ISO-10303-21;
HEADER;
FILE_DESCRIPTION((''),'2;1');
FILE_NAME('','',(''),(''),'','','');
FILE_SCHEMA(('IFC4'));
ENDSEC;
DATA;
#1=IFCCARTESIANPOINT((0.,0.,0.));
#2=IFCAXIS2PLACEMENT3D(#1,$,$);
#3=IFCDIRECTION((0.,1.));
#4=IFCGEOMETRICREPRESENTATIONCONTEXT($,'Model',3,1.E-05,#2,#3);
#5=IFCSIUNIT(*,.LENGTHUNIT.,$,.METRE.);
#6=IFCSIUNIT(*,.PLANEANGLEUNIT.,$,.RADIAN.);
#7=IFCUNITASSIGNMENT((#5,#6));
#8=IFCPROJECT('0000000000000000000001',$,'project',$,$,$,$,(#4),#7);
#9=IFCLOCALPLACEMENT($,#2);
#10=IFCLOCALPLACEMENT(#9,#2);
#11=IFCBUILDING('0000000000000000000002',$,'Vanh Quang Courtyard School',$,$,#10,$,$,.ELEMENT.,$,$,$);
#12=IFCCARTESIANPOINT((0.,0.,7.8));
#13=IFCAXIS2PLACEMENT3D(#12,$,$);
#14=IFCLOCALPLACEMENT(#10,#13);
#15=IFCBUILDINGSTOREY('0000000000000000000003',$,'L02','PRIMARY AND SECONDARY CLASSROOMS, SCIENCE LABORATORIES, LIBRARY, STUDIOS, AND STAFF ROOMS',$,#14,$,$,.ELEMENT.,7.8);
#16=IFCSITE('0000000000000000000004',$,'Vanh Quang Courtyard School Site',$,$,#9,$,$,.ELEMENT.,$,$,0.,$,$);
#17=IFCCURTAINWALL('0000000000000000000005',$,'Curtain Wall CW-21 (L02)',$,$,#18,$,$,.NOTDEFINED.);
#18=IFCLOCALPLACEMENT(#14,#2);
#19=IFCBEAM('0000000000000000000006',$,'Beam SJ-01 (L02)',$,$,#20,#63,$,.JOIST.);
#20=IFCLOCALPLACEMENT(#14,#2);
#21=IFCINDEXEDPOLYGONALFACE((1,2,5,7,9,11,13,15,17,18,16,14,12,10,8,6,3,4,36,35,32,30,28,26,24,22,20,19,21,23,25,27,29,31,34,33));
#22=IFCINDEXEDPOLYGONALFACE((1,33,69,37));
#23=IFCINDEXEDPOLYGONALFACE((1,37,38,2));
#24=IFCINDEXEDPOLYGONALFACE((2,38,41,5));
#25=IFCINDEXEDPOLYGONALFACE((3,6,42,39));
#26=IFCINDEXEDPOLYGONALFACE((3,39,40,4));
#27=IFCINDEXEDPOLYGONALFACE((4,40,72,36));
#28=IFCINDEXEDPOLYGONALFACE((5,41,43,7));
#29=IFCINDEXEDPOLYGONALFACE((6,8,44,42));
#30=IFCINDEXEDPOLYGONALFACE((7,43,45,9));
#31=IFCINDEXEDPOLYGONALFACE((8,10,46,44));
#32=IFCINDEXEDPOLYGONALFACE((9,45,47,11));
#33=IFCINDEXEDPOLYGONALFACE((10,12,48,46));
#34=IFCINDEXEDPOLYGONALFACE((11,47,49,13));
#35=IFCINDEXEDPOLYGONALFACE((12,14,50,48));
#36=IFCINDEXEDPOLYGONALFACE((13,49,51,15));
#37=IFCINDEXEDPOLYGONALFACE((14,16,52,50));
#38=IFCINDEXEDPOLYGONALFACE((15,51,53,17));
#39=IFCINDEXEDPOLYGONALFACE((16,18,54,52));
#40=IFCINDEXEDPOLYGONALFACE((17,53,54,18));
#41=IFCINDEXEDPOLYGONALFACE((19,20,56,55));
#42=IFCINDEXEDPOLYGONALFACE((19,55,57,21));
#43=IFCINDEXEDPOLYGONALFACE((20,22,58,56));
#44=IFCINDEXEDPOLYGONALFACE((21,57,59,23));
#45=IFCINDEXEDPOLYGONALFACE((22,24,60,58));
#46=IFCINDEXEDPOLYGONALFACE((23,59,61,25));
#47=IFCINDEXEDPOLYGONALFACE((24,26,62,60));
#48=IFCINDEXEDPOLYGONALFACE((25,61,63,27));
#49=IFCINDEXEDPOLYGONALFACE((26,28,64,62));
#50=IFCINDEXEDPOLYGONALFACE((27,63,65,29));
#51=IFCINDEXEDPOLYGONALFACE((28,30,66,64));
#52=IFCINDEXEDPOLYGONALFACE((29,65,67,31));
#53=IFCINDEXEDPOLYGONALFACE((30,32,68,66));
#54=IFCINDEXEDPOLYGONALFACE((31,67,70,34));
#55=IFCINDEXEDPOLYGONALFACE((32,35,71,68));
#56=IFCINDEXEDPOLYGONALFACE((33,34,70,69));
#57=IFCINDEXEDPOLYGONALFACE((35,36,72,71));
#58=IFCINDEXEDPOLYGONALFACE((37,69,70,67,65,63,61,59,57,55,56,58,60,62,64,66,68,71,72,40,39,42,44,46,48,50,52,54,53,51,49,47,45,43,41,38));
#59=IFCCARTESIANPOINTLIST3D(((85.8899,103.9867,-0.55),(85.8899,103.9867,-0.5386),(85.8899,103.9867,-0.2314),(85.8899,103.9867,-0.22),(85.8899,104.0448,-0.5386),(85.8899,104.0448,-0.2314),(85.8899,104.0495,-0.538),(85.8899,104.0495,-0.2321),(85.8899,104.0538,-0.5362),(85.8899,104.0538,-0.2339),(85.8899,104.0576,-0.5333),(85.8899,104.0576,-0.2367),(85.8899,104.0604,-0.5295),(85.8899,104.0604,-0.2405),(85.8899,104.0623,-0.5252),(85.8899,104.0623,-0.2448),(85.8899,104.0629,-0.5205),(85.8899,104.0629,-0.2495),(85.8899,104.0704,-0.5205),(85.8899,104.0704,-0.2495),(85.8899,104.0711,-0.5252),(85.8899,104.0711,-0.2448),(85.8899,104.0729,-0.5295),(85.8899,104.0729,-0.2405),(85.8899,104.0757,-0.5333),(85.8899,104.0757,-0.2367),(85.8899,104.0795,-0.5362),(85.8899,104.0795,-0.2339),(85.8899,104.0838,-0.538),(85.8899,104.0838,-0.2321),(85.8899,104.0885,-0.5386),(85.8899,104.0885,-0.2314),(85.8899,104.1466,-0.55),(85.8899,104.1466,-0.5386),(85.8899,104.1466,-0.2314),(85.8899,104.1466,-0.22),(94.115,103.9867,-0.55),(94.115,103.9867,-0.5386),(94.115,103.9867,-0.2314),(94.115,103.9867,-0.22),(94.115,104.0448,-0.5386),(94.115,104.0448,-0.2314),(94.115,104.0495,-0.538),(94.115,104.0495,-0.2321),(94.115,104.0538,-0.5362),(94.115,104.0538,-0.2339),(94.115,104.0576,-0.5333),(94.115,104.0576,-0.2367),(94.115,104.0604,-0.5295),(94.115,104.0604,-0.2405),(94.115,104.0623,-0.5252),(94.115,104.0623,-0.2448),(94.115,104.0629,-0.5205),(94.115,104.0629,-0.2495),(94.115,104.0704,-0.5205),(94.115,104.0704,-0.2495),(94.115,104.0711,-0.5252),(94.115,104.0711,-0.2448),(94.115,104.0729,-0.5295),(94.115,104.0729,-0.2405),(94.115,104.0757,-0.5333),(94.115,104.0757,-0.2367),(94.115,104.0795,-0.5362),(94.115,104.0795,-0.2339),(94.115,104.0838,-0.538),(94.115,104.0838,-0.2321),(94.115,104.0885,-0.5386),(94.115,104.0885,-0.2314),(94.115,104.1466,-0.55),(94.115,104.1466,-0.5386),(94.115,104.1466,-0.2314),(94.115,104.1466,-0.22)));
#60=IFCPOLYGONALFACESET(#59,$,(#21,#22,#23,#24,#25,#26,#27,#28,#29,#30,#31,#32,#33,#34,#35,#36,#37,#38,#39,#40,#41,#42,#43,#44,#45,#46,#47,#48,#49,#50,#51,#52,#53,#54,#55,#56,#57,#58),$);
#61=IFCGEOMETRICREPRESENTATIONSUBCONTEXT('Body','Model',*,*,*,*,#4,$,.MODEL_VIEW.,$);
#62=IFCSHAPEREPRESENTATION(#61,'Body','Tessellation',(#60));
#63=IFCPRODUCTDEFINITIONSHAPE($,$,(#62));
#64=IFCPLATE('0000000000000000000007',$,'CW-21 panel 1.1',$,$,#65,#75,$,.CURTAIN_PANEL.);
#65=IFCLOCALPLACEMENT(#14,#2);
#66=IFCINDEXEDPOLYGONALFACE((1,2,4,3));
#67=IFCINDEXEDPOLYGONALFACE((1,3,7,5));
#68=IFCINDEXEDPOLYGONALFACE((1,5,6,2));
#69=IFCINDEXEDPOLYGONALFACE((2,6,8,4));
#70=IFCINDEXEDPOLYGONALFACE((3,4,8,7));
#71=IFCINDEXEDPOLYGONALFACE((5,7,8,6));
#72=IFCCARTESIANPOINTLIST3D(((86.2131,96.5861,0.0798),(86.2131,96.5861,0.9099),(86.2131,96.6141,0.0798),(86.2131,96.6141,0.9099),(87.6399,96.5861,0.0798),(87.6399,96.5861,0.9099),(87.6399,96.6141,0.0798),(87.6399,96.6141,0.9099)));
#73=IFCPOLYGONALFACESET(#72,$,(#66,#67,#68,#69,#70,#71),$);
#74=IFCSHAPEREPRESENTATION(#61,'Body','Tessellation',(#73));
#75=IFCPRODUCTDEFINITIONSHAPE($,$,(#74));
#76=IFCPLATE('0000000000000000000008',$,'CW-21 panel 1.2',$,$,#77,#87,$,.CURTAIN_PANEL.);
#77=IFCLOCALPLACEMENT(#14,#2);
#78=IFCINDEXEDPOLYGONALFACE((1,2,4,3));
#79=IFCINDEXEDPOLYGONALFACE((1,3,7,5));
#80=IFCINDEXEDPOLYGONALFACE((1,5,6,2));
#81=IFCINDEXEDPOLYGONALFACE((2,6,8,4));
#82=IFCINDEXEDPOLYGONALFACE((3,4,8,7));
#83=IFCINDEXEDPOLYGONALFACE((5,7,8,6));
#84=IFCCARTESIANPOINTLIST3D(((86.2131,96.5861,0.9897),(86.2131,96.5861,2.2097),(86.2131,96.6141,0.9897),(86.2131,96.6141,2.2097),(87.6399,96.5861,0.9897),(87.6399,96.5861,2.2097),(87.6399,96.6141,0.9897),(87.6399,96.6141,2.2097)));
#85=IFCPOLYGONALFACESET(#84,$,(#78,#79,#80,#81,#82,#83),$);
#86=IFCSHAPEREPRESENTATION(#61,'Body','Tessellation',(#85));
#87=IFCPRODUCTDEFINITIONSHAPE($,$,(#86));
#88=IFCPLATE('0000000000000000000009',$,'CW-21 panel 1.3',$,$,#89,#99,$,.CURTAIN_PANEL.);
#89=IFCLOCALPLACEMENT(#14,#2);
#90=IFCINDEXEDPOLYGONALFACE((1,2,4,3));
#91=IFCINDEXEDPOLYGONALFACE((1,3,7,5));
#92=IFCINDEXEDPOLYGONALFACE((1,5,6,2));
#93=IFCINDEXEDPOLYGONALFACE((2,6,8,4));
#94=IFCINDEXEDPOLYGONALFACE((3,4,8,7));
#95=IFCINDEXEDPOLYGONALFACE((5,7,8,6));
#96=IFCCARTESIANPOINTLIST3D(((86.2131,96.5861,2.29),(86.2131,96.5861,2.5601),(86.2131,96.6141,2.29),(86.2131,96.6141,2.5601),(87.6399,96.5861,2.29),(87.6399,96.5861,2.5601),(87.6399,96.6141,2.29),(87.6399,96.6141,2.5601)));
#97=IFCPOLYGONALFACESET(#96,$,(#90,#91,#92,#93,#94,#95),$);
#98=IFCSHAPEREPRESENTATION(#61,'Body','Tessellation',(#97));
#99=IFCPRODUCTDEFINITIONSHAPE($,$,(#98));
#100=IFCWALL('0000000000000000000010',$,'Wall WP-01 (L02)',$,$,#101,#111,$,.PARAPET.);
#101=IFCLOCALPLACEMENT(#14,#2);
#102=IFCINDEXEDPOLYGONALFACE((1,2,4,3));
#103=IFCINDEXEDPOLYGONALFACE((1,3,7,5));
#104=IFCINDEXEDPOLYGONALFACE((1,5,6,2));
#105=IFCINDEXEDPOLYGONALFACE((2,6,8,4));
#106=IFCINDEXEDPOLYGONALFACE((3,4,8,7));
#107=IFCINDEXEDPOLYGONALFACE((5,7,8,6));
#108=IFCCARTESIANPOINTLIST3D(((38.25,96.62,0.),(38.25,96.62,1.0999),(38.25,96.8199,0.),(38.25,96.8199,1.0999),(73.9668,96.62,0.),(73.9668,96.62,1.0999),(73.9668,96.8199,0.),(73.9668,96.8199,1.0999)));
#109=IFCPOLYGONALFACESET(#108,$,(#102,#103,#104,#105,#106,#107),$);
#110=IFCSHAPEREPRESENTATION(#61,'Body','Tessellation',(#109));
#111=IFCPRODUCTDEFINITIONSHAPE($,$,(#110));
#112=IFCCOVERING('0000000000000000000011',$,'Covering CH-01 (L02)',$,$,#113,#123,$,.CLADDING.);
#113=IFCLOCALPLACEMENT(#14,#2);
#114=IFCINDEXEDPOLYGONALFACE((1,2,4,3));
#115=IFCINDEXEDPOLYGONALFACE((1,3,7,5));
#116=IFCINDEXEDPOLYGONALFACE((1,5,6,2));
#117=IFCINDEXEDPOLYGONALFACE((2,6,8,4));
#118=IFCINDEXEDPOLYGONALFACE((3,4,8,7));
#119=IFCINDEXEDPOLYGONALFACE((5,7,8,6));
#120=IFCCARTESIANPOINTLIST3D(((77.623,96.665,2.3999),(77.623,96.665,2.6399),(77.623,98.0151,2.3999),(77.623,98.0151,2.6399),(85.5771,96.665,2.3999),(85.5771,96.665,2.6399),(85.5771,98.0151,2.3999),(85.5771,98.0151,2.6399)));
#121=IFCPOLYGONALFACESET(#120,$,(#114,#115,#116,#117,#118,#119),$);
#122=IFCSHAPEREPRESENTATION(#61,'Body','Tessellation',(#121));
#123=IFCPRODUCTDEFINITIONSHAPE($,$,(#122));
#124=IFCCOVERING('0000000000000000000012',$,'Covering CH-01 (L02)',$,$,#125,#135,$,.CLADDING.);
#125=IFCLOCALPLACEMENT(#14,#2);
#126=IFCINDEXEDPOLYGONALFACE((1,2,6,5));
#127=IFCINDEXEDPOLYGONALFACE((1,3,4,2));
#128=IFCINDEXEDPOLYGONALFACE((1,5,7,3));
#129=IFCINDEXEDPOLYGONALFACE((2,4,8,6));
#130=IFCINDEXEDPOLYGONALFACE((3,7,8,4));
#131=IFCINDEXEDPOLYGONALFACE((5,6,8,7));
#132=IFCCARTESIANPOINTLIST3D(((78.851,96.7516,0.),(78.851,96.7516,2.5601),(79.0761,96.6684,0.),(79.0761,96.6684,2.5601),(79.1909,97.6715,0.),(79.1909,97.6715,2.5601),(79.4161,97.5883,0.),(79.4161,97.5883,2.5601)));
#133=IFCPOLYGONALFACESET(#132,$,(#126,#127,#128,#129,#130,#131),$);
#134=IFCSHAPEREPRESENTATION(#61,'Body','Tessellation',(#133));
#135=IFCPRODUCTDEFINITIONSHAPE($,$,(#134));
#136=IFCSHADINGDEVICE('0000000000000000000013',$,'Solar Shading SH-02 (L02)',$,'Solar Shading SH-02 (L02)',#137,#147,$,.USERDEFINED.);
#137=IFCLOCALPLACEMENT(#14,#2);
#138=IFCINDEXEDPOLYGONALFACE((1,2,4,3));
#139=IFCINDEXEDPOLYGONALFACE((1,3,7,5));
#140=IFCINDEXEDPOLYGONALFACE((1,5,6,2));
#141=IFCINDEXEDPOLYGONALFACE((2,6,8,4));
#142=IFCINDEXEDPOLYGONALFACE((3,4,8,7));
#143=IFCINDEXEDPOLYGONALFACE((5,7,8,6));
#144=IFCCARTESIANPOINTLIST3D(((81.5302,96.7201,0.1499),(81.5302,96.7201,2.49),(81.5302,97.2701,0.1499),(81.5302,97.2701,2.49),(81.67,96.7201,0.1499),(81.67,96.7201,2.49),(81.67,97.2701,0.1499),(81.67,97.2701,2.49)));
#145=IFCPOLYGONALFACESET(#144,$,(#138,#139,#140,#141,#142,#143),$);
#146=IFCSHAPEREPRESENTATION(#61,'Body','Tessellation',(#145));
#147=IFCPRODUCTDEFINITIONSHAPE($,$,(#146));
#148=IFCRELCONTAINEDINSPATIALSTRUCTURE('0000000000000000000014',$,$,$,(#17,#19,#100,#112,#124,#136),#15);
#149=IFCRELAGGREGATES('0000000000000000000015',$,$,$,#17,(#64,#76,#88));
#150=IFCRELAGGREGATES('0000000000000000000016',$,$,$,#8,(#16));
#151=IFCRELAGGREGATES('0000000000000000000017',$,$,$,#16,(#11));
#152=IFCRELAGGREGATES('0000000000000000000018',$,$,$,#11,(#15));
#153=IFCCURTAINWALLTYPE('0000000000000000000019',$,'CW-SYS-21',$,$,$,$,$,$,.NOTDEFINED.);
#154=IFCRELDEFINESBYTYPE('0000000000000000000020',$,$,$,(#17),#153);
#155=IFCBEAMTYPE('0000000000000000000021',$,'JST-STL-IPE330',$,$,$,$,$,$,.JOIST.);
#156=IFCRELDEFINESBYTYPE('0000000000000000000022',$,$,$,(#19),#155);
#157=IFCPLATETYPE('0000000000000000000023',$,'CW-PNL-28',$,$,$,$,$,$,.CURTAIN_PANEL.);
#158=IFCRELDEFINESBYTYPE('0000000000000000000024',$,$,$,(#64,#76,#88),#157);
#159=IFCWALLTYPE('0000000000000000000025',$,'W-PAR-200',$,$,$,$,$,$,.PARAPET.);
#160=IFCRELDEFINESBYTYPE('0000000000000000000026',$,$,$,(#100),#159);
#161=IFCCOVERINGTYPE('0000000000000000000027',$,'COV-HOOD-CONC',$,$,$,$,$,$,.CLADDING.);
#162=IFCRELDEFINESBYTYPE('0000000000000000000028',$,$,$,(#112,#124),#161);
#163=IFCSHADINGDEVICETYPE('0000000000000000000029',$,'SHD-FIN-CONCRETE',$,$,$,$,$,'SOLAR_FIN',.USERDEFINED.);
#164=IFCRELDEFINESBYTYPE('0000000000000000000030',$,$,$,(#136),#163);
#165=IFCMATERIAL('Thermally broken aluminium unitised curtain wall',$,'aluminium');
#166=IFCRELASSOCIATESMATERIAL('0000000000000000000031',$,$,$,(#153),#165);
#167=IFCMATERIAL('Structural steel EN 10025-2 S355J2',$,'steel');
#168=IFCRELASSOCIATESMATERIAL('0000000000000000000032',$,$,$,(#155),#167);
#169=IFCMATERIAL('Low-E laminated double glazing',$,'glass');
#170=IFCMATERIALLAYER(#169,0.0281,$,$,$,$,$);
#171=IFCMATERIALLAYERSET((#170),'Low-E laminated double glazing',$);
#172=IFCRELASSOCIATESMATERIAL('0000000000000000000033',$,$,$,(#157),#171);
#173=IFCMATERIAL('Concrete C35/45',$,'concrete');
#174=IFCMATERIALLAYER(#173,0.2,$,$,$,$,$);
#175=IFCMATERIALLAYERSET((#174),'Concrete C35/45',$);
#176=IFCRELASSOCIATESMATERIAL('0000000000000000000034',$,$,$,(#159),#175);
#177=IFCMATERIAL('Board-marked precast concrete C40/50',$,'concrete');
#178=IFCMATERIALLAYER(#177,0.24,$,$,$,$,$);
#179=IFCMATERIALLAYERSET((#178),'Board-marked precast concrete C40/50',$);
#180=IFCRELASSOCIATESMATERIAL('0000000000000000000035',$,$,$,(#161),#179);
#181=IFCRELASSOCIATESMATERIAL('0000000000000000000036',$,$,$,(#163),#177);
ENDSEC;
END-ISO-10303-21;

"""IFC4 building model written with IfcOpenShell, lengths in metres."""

from ifc_helpers import new_model, si_unit, direction, frame, frame_2d, origin, origin_2d, place, context, subcontext, project, spatial, rectangle, i_section, extrude, material, layer, layer_set, material_profile, profile_set, type_object, element, aggregate, save


model = new_model("IFC4")

# Units and contexts
model_context = context("Model", 3, precision=1e-05, world=origin(), true_north=direction((0.0, 1.0)))
body_context = subcontext(model_context, "Body", "Model", "MODEL_VIEW")
ifc_project = project(units=[si_unit("LENGTHUNIT", "METRE"), si_unit("PLANEANGLEUNIT", "RADIAN")], contexts=[model_context])

# Site, building, storey
site_placement = place(None, origin())
site = spatial("IfcSite", under=ifc_project, at=site_placement, Name="Vanh Quang Courtyard School Site", CompositionType="ELEMENT", RefElevation=0.0)
building_placement = place(site_placement, origin())
building = spatial("IfcBuilding", under=site, at=building_placement, Name="Vanh Quang Courtyard School", CompositionType="ELEMENT")
storey_placement = place(building_placement, frame((0.0, 0.0, 7.8)))
storey = spatial("IfcBuildingStorey", under=building, at=storey_placement, Name="L02", Description="PRIMARY AND SECONDARY CLASSROOMS, SCIENCE LABORATORIES, LIBRARY, STUDIOS, AND STAFF ROOMS", CompositionType="ELEMENT", Elevation=7.8)

# Shared definitions
ifc_material_1 = material(Name="Concrete C35/45", Category="concrete")

# Curtain wall
ifc_material_2 = material(Name="Thermally broken aluminium unitised curtain wall", Category="aluminium")
curtain_wall_type = type_object("IfcCurtainWallType", Name="CW-SYS-21", PredefinedType="NOTDEFINED", material=ifc_material_2)
curtain_wall_placement = place(storey_placement, origin())
curtain_wall = element("IfcCurtainWall", 1, at=curtain_wall_placement, inside=storey, type_object=curtain_wall_type, Name="Curtain Wall CW-21 (L02)", PredefinedType="NOTDEFINED")

# Beam
ifc_material_3 = material(Name="Structural steel EN 10025-2 S355J2", Category="steel")
ifc_material_profile_1 = material_profile(ifc_material_3, i_section(OverallWidth=0.1599, OverallDepth=0.3301, WebThickness=0.0076, FlangeThickness=0.0115, FilletRadius=0.0181, at=origin_2d()), Name="IPE 330")
ifc_profile_set_1 = profile_set([ifc_material_profile_1], Name="Structural steel EN 10025-2 S355J2")
beam_type_1 = type_object("IfcBeamType", Name="JST-STL-IPE330", PredefinedType="JOIST", material=ifc_profile_set_1)
for number, where, z_axis, x_axis, name in (
    (2, (85.8899, 104.0667, -0.385), (1.0, 0.0, 0.0), (0.0, 1.0, 0.0), "Beam SJ-01 (L02)"),
):
    element("IfcBeam", number, at=place(storey_placement, frame(where, z_axis=z_axis, x_axis=x_axis)), inside=storey, type_object=beam_type_1, Name=name, PredefinedType="JOIST", context=body_context, shape_type="SweptSolid", body=[
        extrude(i_section(OverallWidth=0.1599, OverallDepth=0.3301, WebThickness=0.0076, FlangeThickness=0.0115, FilletRadius=0.0181, at=origin_2d()), origin(), (0.0, 0.0, 1.0), 8.2251),
    ])

# Plates
ifc_material_4 = material(Name="Low-E laminated double glazing", Category="glass")
ifc_layer_1 = layer(ifc_material_4, 0.0281)
ifc_layer_set_1 = layer_set([ifc_layer_1], Name="Low-E laminated double glazing")
plate_type = type_object("IfcPlateType", Name="CW-PNL-28", PredefinedType="CURTAIN_PANEL", material=ifc_layer_set_1)
plate_1_placement = place(storey_placement, frame((86.9265, 96.6001, 0.0798), z_axis=(0.0, 0.0, 1.0), x_axis=(1.0, 0.0, 0.0)))
plate_1 = element("IfcPlate", 3, at=plate_1_placement, type_object=plate_type, Name="CW-21 panel 1.1", PredefinedType="CURTAIN_PANEL", context=body_context, shape_type="SweptSolid", body=[
    extrude(rectangle(XDim=1.4268, YDim=0.0281, at=origin_2d()), origin(), (0.0, 0.0, 1.0), 0.8301),
])
plate_2_placement = place(storey_placement, frame((86.9265, 96.6001, 0.9897), z_axis=(0.0, 0.0, 1.0), x_axis=(1.0, 0.0, 0.0)))
plate_2 = element("IfcPlate", 4, at=plate_2_placement, type_object=plate_type, Name="CW-21 panel 1.2", PredefinedType="CURTAIN_PANEL", context=body_context, shape_type="SweptSolid", body=[
    extrude(rectangle(XDim=1.4268, YDim=0.0281, at=origin_2d()), origin(), (0.0, 0.0, 1.0), 1.22),
])
plate_3_placement = place(storey_placement, frame((86.9265, 96.6001, 2.29), z_axis=(0.0, 0.0, 1.0), x_axis=(1.0, 0.0, 0.0)))
plate_3 = element("IfcPlate", 5, at=plate_3_placement, type_object=plate_type, Name="CW-21 panel 1.3", PredefinedType="CURTAIN_PANEL", context=body_context, shape_type="SweptSolid", body=[
    extrude(rectangle(XDim=1.4268, YDim=0.0281, at=origin_2d()), origin(), (0.0, 0.0, 1.0), 0.27),
])
aggregate(curtain_wall, [plate_1, plate_2, plate_3])

# Wall
ifc_layer_2 = layer(ifc_material_1, 0.2)
ifc_layer_set_2 = layer_set([ifc_layer_2], Name="Concrete C35/45")
wall_type = type_object("IfcWallType", Name="W-PAR-200", PredefinedType="PARAPET", material=ifc_layer_set_2)
wall_placement = place(storey_placement, frame((73.9668, 96.72, 0.0), z_axis=(0.0, 0.0, 1.0), x_axis=(-1.0, 0.0, 0.0)))
element("IfcWall", 6, at=wall_placement, inside=storey, type_object=wall_type, Name="Wall WP-01 (L02)", PredefinedType="PARAPET", context=body_context, shape_type="SweptSolid", body=[
    extrude(rectangle(XDim=35.7168, YDim=0.2, at=frame_2d((17.8584, 0.0))), origin(), (0.0, 0.0, 1.0), 1.0999),
])

# Coverings
ifc_material_5 = material(Name="Board-marked precast concrete C40/50", Category="concrete")
ifc_layer_3 = layer(ifc_material_5, 0.24)
ifc_layer_set_3 = layer_set([ifc_layer_3], Name="Board-marked precast concrete C40/50")
covering_type = type_object("IfcCoveringType", Name="COV-HOOD-CONC", PredefinedType="CLADDING", material=ifc_layer_set_3)
covering_1_placement = place(storey_placement, frame((81.6001, 97.3401, 2.3999), z_axis=(0.0, 0.0, 1.0), x_axis=(1.0, 0.0, 0.0)))
element("IfcCovering", 7, at=covering_1_placement, inside=storey, type_object=covering_type, Name="Covering CH-01 (L02)", PredefinedType="CLADDING", context=body_context, shape_type="SweptSolid", body=[
    extrude(rectangle(XDim=7.9541, YDim=1.3501, at=origin_2d()), origin(), (0.0, 0.0, 1.0), 0.24),
])
covering_2_placement = place(storey_placement, frame((79.1335, 97.1699, 0.0), z_axis=(0.0, 0.0, 1.0), x_axis=(0.346608, 0.93801, 0.0)))
element("IfcCovering", 8, at=covering_2_placement, inside=storey, type_object=covering_type, Name="Covering CH-01 (L02)", PredefinedType="CLADDING", context=body_context, shape_type="SweptSolid", body=[
    extrude(rectangle(XDim=0.9807, YDim=0.24, at=origin_2d()), origin(), (0.0, 0.0, 1.0), 2.5601),
])

# Shading device
shading_device_type = type_object("IfcShadingDeviceType", Name="SHD-FIN-CONCRETE", ElementType="SOLAR_FIN", PredefinedType="USERDEFINED", material=ifc_material_5)
shading_device_placement = place(storey_placement, frame((81.6001, 96.9951, 0.1499), z_axis=(0.0, 0.0, 1.0), x_axis=(1.0, 0.0, 0.0)))
element("IfcShadingDevice", 9, at=shading_device_placement, inside=storey, type_object=shading_device_type, Name="Solar Shading SH-02 (L02)", ObjectType="Solar Shading SH-02 (L02)", PredefinedType="USERDEFINED", context=body_context, shape_type="SweptSolid", body=[
    extrude(rectangle(XDim=0.1399, YDim=0.55, at=origin_2d()), origin(), (0.0, 0.0, 1.0), 2.3401),
])

save(model, "model.ifc")
